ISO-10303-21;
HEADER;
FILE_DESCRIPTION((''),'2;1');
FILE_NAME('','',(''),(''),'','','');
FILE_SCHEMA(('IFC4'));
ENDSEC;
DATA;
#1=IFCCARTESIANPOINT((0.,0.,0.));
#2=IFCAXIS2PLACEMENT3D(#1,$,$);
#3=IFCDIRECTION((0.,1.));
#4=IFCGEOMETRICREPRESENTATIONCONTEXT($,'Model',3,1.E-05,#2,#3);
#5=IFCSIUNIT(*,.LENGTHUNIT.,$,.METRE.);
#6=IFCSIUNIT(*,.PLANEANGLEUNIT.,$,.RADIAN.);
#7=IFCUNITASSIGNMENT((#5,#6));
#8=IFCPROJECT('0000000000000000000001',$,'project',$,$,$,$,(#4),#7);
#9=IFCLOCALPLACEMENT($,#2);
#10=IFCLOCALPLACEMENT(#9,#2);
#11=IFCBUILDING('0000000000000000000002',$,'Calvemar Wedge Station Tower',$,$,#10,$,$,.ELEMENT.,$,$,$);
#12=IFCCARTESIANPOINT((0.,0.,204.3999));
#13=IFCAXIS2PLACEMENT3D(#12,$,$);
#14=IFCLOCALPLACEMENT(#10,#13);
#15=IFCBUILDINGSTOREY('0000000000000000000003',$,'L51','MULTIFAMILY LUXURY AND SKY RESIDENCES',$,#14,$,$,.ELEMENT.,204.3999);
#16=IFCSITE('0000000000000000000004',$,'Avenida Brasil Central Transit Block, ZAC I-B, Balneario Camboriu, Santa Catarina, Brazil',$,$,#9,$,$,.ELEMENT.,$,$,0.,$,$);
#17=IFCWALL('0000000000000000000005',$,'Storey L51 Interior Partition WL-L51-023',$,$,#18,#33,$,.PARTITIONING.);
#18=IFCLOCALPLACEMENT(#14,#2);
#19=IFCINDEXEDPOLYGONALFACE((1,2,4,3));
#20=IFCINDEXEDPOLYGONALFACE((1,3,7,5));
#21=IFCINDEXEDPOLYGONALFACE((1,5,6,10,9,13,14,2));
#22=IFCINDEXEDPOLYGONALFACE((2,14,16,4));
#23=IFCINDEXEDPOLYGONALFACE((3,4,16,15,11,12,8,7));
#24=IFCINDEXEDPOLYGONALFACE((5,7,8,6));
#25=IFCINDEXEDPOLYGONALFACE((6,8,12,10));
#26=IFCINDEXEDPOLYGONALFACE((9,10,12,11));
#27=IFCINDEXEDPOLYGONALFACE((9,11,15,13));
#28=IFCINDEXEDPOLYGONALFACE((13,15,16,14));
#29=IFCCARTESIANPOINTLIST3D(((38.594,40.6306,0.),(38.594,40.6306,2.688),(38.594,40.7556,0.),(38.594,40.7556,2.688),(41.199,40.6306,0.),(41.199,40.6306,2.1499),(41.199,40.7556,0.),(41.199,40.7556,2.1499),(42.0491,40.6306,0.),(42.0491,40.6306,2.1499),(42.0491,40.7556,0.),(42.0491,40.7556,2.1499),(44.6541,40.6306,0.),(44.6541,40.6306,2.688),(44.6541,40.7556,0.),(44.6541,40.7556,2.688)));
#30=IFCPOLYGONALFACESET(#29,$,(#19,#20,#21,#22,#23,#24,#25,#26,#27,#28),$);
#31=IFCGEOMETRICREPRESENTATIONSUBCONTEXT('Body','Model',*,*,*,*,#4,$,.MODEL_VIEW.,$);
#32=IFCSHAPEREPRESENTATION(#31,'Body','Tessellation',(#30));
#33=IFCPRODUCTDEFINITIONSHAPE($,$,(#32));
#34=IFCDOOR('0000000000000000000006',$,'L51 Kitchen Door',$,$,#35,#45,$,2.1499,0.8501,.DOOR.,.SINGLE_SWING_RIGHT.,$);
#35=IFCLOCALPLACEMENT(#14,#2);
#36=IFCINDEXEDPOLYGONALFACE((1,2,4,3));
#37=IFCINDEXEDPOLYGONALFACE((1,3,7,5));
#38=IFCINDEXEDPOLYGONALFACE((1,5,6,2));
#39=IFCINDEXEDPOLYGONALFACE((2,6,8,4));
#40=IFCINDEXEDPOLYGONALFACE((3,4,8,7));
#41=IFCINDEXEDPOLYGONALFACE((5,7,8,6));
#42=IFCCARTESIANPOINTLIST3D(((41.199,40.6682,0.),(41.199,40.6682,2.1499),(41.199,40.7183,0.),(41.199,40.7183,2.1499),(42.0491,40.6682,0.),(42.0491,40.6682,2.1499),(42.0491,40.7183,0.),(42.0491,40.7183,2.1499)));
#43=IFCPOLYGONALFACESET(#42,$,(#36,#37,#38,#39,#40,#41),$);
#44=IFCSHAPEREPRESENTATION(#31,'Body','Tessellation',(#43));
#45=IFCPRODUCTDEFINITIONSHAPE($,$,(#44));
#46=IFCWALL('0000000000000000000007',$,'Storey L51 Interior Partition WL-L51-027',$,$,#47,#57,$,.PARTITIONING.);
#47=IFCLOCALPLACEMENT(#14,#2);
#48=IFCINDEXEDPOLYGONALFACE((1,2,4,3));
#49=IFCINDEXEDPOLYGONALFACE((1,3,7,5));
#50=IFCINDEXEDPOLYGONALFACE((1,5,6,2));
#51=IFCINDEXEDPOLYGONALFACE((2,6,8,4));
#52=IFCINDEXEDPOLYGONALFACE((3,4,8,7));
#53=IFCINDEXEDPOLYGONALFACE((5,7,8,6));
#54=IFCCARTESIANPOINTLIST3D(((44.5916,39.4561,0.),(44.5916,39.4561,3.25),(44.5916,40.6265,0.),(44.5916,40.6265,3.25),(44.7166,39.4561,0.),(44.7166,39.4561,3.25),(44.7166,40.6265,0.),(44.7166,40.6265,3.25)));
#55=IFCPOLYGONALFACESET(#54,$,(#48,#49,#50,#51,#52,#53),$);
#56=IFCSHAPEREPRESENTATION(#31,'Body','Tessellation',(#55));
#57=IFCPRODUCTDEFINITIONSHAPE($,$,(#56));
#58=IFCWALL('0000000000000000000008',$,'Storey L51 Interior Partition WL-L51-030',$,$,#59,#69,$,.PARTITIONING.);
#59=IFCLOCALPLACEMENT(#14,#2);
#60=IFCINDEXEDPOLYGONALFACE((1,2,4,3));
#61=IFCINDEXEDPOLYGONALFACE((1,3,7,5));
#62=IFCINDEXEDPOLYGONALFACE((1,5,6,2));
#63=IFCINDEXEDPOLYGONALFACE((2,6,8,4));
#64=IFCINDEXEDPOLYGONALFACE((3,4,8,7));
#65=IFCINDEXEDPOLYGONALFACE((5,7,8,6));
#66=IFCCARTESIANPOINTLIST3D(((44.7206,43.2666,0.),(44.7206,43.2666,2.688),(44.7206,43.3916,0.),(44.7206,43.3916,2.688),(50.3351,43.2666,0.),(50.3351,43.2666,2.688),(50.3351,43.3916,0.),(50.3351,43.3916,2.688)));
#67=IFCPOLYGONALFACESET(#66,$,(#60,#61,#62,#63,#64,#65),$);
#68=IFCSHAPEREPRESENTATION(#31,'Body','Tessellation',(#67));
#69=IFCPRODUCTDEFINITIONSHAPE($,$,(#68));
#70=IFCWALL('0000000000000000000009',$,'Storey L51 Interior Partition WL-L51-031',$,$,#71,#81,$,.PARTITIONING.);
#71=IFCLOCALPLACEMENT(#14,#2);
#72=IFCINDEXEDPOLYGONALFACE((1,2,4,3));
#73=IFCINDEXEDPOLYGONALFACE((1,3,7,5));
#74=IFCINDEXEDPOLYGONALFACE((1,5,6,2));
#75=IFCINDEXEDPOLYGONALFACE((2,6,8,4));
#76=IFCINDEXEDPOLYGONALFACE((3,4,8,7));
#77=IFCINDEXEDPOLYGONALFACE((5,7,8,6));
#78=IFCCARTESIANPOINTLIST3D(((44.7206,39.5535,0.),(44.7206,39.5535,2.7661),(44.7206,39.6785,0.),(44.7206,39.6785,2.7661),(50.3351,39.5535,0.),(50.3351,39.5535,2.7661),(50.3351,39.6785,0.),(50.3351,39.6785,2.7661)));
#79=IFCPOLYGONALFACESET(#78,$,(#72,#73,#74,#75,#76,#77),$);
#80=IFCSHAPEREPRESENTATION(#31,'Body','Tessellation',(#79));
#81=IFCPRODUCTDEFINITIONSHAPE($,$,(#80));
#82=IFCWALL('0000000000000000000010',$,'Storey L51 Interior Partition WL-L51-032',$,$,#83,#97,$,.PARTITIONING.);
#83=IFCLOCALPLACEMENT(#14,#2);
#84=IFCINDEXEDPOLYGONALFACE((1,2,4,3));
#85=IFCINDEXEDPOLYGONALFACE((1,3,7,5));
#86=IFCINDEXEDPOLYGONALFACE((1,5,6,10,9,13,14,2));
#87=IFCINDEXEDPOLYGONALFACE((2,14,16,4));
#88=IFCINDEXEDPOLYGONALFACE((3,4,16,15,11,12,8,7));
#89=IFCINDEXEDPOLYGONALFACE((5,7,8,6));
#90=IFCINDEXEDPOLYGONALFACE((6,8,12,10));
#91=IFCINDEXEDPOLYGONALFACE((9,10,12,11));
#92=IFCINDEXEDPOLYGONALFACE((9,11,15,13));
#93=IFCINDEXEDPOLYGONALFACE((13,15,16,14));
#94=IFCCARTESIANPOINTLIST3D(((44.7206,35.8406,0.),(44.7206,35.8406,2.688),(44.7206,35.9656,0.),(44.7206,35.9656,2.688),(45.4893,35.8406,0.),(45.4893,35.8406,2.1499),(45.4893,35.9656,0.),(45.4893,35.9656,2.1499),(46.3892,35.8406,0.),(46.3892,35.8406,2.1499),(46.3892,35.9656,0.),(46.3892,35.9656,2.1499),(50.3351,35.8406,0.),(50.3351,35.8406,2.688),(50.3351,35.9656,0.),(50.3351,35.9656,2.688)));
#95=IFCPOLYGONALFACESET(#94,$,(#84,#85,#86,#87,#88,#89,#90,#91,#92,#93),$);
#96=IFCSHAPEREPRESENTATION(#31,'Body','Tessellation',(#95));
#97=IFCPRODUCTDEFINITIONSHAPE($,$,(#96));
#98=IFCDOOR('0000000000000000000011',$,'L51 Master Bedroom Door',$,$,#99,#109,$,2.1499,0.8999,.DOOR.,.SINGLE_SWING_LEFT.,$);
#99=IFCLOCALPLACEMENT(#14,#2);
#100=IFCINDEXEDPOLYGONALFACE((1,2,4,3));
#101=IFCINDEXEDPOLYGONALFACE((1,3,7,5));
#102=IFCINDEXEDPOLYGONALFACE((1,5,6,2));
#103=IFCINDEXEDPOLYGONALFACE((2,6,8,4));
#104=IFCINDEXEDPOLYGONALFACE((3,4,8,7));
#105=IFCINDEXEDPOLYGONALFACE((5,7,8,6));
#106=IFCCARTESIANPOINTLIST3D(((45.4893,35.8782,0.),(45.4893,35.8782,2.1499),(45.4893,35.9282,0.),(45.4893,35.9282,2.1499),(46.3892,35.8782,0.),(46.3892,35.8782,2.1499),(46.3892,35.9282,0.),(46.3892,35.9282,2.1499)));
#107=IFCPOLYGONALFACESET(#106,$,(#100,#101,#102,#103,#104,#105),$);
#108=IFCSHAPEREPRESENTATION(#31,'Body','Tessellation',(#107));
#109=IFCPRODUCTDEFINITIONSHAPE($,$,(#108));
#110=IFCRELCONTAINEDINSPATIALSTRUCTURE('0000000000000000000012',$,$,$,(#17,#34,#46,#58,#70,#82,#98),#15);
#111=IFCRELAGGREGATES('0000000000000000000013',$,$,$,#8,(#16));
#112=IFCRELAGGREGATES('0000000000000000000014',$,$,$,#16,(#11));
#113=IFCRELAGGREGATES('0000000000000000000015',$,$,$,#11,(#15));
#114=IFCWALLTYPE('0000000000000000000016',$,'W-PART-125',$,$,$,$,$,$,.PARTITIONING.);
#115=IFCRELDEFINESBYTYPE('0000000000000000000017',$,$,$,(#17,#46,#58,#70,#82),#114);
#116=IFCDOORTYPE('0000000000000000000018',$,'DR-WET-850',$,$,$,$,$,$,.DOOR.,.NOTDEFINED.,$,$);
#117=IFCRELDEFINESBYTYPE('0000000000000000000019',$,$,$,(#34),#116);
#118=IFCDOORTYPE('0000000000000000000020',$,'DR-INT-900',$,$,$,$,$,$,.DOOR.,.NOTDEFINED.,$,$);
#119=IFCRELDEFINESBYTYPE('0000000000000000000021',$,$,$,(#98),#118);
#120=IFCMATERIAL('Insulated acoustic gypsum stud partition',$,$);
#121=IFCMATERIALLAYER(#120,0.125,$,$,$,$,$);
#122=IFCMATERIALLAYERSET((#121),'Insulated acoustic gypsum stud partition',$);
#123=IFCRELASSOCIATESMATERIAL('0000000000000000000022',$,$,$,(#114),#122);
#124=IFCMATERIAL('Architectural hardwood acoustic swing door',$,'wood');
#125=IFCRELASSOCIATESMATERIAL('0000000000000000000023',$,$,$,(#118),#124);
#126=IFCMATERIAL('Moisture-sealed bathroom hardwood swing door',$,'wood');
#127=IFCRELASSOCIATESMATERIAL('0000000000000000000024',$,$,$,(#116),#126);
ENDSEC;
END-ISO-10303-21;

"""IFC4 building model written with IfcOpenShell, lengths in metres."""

from ifc_helpers import new_model, si_unit, direction, frame, frame_2d, origin, place, context, subcontext, project, spatial, rectangle, extrude, source, transform, mapped, material, layer, layer_set, type_object, element, fill, save


model = new_model("IFC4")

# Units and contexts
model_context = context("Model", 3, precision=1e-05, world=origin(), true_north=direction((0.0, 1.0)))
body_context = subcontext(model_context, "Body", "Model", "MODEL_VIEW")
ifc_project = project(units=[si_unit("LENGTHUNIT", "METRE"), si_unit("PLANEANGLEUNIT", "RADIAN")], contexts=[model_context])

# Site, building, storey
site_placement = place(None, origin())
site = spatial("IfcSite", under=ifc_project, at=site_placement, Name="Avenida Brasil Central Transit Block, ZAC I-B, Balneario Camboriu, Santa Catarina, Brazil", CompositionType="ELEMENT", RefElevation=0.0)
building_placement = place(site_placement, origin())
building = spatial("IfcBuilding", under=site, at=building_placement, Name="Calvemar Wedge Station Tower", CompositionType="ELEMENT")
storey_placement = place(building_placement, frame((0.0, 0.0, 204.3999)))
storey = spatial("IfcBuildingStorey", under=building, at=storey_placement, Name="L51", Description="MULTIFAMILY LUXURY AND SKY RESIDENCES", CompositionType="ELEMENT", Elevation=204.3999)

# Shared definitions
ifc_material_1 = material(Name="Insulated acoustic gypsum stud partition")
ifc_layer_1 = layer(ifc_material_1, 0.125)
ifc_layer_set_1 = layer_set([ifc_layer_1], Name="Insulated acoustic gypsum stud partition")
wall_type_1 = type_object("IfcWallType", Name="W-PART-125", PredefinedType="PARTITIONING", material=ifc_layer_set_1)
shared_shape_1 = source(origin(), body_context, "Body", "SweptSolid", [
    extrude(rectangle(XDim=0.8999, YDim=2.1499, at=frame_2d((0.45, 1.075))), frame((0.0, 0.0725, 0.0), z_axis=(0.0, -1.0, 0.0), x_axis=(1.0, 0.0, 0.0)), (0.0, 0.0, 1.0), 0.145),
])
ifc_material_2 = material(Name="Architectural hardwood acoustic swing door", Category="wood")
door_type_1 = type_object("IfcDoorType", Name="DR-INT-900", OperationType="NOTDEFINED", PredefinedType="DOOR", material=ifc_material_2)
shared_shape_2 = source(origin(), body_context, "Body", "SweptSolid", [
    extrude(rectangle(XDim=0.8999, YDim=2.1499, at=frame_2d((0.45, 1.075))), frame((0.0, 0.0249, 0.0), z_axis=(0.0, -1.0, 0.0), x_axis=(1.0, 0.0, 0.0)), (0.0, 0.0, 1.0), 0.05),
])

# Wall, opening, door
wall_1_placement = place(storey_placement, frame((44.6541, 40.6931, 0.0), z_axis=(0.0, 0.0, 1.0), x_axis=(-1.0, 0.0, 0.0)))
wall_1 = element("IfcWall", 1, at=wall_1_placement, inside=storey, type_object=wall_type_1, Name="Storey L51 Interior Partition WL-L51-023", PredefinedType="PARTITIONING", context=body_context, shape_type="SweptSolid", body=[
    extrude(rectangle(XDim=6.0601, YDim=0.125, at=frame_2d((3.03, 0.0))), origin(), (0.0, 0.0, 1.0), 2.688),
])
shared_shape_3 = source(origin(), body_context, "Body", "SweptSolid", [
    extrude(rectangle(XDim=0.8501, YDim=2.1499, at=frame_2d((0.425, 1.075))), frame((0.0, 0.0725, 0.0), z_axis=(0.0, -1.0, 0.0), x_axis=(1.0, 0.0, 0.0)), (0.0, 0.0, 1.0), 0.145),
])
opening_1_placement = place(wall_1_placement, frame((2.605, 0.0, 0.0)))
opening_1 = element("IfcOpeningElement", 2, at=opening_1_placement, cuts=wall_1, PredefinedType="OPENING", context=body_context, shape_type="MappedRepresentation", body=[
    mapped(shared_shape_3, transform((0.0, 0.0, 0.0), scale=1.0)),
])
ifc_material_3 = material(Name="Moisture-sealed bathroom hardwood swing door", Category="wood")
door_type_2 = type_object("IfcDoorType", Name="DR-WET-850", OperationType="NOTDEFINED", PredefinedType="DOOR", material=ifc_material_3)
shared_shape_4 = source(origin(), body_context, "Body", "SweptSolid", [
    extrude(rectangle(XDim=0.8501, YDim=2.1499, at=frame_2d((0.425, 1.075))), frame((0.0, 0.0249, 0.0), z_axis=(0.0, -1.0, 0.0), x_axis=(1.0, 0.0, 0.0)), (0.0, 0.0, 1.0), 0.05),
])
door_1_placement = place(opening_1_placement, origin())
door_1 = element("IfcDoor", 3, at=door_1_placement, inside=storey, type_object=door_type_2, Name="L51 Kitchen Door", OperationType="SINGLE_SWING_RIGHT", OverallHeight=2.1499, OverallWidth=0.8501, PredefinedType="DOOR", context=body_context, shape_type="MappedRepresentation", body=[
    mapped(shared_shape_4, transform((0.0, 0.0, 0.0), scale=1.0)),
])
fill(opening_1, door_1)

# Wall
wall_2_placement = place(storey_placement, frame((44.6541, 40.6265, 0.0), z_axis=(0.0, 0.0, 1.0), x_axis=(0.0, -1.0, 0.0)))
element("IfcWall", 4, at=wall_2_placement, inside=storey, type_object=wall_type_1, Name="Storey L51 Interior Partition WL-L51-027", PredefinedType="PARTITIONING", context=body_context, shape_type="SweptSolid", body=[
    extrude(rectangle(XDim=1.1704, YDim=0.125, at=frame_2d((0.5852, 0.0))), origin(), (0.0, 0.0, 1.0), 3.25),
])

# Walls
wall_3_placement = place(storey_placement, frame((50.335, 43.3291, 0.0), z_axis=(0.0, 0.0, 1.0), x_axis=(-1.0, 0.0, 0.0)))
element("IfcWall", 5, at=wall_3_placement, inside=storey, type_object=wall_type_1, Name="Storey L51 Interior Partition WL-L51-030", PredefinedType="PARTITIONING", context=body_context, shape_type="SweptSolid", body=[
    extrude(rectangle(XDim=5.6145, YDim=0.125, at=frame_2d((2.8071, 0.0))), origin(), (0.0, 0.0, 1.0), 2.688),
])
wall_4_placement = place(storey_placement, frame((50.335, 39.616, 0.0), z_axis=(0.0, 0.0, 1.0), x_axis=(-1.0, 0.0, 0.0)))
element("IfcWall", 6, at=wall_4_placement, inside=storey, type_object=wall_type_1, Name="Storey L51 Interior Partition WL-L51-031", PredefinedType="PARTITIONING", context=body_context, shape_type="SweptSolid", body=[
    extrude(rectangle(XDim=5.6145, YDim=0.125, at=frame_2d((2.8071, 0.0))), origin(), (0.0, 0.0, 1.0), 2.7661),
])

# Wall, opening, door
wall_5_placement = place(storey_placement, frame((50.335, 35.9031, 0.0), z_axis=(0.0, 0.0, 1.0), x_axis=(-1.0, 0.0, 0.0)))
wall_5 = element("IfcWall", 7, at=wall_5_placement, inside=storey, type_object=wall_type_1, Name="Storey L51 Interior Partition WL-L51-032", PredefinedType="PARTITIONING", context=body_context, shape_type="SweptSolid", body=[
    extrude(rectangle(XDim=5.6145, YDim=0.125, at=frame_2d((2.8071, 0.0))), origin(), (0.0, 0.0, 1.0), 2.688),
])
opening_2_placement = place(wall_5_placement, frame((3.9458, 0.0, 0.0)))
opening_2 = element("IfcOpeningElement", 8, at=opening_2_placement, cuts=wall_5, PredefinedType="OPENING", context=body_context, shape_type="MappedRepresentation", body=[
    mapped(shared_shape_1, transform((0.0, 0.0, 0.0), scale=1.0)),
])
door_2_placement = place(opening_2_placement, origin())
door_2 = element("IfcDoor", 9, at=door_2_placement, inside=storey, type_object=door_type_1, Name="L51 Master Bedroom Door", OperationType="SINGLE_SWING_LEFT", OverallHeight=2.1499, OverallWidth=0.8999, PredefinedType="DOOR", context=body_context, shape_type="MappedRepresentation", body=[
    mapped(shared_shape_2, transform((0.0, 0.0, 0.0), scale=1.0)),
])
fill(opening_2, door_2)

save(model, "model.ifc")
